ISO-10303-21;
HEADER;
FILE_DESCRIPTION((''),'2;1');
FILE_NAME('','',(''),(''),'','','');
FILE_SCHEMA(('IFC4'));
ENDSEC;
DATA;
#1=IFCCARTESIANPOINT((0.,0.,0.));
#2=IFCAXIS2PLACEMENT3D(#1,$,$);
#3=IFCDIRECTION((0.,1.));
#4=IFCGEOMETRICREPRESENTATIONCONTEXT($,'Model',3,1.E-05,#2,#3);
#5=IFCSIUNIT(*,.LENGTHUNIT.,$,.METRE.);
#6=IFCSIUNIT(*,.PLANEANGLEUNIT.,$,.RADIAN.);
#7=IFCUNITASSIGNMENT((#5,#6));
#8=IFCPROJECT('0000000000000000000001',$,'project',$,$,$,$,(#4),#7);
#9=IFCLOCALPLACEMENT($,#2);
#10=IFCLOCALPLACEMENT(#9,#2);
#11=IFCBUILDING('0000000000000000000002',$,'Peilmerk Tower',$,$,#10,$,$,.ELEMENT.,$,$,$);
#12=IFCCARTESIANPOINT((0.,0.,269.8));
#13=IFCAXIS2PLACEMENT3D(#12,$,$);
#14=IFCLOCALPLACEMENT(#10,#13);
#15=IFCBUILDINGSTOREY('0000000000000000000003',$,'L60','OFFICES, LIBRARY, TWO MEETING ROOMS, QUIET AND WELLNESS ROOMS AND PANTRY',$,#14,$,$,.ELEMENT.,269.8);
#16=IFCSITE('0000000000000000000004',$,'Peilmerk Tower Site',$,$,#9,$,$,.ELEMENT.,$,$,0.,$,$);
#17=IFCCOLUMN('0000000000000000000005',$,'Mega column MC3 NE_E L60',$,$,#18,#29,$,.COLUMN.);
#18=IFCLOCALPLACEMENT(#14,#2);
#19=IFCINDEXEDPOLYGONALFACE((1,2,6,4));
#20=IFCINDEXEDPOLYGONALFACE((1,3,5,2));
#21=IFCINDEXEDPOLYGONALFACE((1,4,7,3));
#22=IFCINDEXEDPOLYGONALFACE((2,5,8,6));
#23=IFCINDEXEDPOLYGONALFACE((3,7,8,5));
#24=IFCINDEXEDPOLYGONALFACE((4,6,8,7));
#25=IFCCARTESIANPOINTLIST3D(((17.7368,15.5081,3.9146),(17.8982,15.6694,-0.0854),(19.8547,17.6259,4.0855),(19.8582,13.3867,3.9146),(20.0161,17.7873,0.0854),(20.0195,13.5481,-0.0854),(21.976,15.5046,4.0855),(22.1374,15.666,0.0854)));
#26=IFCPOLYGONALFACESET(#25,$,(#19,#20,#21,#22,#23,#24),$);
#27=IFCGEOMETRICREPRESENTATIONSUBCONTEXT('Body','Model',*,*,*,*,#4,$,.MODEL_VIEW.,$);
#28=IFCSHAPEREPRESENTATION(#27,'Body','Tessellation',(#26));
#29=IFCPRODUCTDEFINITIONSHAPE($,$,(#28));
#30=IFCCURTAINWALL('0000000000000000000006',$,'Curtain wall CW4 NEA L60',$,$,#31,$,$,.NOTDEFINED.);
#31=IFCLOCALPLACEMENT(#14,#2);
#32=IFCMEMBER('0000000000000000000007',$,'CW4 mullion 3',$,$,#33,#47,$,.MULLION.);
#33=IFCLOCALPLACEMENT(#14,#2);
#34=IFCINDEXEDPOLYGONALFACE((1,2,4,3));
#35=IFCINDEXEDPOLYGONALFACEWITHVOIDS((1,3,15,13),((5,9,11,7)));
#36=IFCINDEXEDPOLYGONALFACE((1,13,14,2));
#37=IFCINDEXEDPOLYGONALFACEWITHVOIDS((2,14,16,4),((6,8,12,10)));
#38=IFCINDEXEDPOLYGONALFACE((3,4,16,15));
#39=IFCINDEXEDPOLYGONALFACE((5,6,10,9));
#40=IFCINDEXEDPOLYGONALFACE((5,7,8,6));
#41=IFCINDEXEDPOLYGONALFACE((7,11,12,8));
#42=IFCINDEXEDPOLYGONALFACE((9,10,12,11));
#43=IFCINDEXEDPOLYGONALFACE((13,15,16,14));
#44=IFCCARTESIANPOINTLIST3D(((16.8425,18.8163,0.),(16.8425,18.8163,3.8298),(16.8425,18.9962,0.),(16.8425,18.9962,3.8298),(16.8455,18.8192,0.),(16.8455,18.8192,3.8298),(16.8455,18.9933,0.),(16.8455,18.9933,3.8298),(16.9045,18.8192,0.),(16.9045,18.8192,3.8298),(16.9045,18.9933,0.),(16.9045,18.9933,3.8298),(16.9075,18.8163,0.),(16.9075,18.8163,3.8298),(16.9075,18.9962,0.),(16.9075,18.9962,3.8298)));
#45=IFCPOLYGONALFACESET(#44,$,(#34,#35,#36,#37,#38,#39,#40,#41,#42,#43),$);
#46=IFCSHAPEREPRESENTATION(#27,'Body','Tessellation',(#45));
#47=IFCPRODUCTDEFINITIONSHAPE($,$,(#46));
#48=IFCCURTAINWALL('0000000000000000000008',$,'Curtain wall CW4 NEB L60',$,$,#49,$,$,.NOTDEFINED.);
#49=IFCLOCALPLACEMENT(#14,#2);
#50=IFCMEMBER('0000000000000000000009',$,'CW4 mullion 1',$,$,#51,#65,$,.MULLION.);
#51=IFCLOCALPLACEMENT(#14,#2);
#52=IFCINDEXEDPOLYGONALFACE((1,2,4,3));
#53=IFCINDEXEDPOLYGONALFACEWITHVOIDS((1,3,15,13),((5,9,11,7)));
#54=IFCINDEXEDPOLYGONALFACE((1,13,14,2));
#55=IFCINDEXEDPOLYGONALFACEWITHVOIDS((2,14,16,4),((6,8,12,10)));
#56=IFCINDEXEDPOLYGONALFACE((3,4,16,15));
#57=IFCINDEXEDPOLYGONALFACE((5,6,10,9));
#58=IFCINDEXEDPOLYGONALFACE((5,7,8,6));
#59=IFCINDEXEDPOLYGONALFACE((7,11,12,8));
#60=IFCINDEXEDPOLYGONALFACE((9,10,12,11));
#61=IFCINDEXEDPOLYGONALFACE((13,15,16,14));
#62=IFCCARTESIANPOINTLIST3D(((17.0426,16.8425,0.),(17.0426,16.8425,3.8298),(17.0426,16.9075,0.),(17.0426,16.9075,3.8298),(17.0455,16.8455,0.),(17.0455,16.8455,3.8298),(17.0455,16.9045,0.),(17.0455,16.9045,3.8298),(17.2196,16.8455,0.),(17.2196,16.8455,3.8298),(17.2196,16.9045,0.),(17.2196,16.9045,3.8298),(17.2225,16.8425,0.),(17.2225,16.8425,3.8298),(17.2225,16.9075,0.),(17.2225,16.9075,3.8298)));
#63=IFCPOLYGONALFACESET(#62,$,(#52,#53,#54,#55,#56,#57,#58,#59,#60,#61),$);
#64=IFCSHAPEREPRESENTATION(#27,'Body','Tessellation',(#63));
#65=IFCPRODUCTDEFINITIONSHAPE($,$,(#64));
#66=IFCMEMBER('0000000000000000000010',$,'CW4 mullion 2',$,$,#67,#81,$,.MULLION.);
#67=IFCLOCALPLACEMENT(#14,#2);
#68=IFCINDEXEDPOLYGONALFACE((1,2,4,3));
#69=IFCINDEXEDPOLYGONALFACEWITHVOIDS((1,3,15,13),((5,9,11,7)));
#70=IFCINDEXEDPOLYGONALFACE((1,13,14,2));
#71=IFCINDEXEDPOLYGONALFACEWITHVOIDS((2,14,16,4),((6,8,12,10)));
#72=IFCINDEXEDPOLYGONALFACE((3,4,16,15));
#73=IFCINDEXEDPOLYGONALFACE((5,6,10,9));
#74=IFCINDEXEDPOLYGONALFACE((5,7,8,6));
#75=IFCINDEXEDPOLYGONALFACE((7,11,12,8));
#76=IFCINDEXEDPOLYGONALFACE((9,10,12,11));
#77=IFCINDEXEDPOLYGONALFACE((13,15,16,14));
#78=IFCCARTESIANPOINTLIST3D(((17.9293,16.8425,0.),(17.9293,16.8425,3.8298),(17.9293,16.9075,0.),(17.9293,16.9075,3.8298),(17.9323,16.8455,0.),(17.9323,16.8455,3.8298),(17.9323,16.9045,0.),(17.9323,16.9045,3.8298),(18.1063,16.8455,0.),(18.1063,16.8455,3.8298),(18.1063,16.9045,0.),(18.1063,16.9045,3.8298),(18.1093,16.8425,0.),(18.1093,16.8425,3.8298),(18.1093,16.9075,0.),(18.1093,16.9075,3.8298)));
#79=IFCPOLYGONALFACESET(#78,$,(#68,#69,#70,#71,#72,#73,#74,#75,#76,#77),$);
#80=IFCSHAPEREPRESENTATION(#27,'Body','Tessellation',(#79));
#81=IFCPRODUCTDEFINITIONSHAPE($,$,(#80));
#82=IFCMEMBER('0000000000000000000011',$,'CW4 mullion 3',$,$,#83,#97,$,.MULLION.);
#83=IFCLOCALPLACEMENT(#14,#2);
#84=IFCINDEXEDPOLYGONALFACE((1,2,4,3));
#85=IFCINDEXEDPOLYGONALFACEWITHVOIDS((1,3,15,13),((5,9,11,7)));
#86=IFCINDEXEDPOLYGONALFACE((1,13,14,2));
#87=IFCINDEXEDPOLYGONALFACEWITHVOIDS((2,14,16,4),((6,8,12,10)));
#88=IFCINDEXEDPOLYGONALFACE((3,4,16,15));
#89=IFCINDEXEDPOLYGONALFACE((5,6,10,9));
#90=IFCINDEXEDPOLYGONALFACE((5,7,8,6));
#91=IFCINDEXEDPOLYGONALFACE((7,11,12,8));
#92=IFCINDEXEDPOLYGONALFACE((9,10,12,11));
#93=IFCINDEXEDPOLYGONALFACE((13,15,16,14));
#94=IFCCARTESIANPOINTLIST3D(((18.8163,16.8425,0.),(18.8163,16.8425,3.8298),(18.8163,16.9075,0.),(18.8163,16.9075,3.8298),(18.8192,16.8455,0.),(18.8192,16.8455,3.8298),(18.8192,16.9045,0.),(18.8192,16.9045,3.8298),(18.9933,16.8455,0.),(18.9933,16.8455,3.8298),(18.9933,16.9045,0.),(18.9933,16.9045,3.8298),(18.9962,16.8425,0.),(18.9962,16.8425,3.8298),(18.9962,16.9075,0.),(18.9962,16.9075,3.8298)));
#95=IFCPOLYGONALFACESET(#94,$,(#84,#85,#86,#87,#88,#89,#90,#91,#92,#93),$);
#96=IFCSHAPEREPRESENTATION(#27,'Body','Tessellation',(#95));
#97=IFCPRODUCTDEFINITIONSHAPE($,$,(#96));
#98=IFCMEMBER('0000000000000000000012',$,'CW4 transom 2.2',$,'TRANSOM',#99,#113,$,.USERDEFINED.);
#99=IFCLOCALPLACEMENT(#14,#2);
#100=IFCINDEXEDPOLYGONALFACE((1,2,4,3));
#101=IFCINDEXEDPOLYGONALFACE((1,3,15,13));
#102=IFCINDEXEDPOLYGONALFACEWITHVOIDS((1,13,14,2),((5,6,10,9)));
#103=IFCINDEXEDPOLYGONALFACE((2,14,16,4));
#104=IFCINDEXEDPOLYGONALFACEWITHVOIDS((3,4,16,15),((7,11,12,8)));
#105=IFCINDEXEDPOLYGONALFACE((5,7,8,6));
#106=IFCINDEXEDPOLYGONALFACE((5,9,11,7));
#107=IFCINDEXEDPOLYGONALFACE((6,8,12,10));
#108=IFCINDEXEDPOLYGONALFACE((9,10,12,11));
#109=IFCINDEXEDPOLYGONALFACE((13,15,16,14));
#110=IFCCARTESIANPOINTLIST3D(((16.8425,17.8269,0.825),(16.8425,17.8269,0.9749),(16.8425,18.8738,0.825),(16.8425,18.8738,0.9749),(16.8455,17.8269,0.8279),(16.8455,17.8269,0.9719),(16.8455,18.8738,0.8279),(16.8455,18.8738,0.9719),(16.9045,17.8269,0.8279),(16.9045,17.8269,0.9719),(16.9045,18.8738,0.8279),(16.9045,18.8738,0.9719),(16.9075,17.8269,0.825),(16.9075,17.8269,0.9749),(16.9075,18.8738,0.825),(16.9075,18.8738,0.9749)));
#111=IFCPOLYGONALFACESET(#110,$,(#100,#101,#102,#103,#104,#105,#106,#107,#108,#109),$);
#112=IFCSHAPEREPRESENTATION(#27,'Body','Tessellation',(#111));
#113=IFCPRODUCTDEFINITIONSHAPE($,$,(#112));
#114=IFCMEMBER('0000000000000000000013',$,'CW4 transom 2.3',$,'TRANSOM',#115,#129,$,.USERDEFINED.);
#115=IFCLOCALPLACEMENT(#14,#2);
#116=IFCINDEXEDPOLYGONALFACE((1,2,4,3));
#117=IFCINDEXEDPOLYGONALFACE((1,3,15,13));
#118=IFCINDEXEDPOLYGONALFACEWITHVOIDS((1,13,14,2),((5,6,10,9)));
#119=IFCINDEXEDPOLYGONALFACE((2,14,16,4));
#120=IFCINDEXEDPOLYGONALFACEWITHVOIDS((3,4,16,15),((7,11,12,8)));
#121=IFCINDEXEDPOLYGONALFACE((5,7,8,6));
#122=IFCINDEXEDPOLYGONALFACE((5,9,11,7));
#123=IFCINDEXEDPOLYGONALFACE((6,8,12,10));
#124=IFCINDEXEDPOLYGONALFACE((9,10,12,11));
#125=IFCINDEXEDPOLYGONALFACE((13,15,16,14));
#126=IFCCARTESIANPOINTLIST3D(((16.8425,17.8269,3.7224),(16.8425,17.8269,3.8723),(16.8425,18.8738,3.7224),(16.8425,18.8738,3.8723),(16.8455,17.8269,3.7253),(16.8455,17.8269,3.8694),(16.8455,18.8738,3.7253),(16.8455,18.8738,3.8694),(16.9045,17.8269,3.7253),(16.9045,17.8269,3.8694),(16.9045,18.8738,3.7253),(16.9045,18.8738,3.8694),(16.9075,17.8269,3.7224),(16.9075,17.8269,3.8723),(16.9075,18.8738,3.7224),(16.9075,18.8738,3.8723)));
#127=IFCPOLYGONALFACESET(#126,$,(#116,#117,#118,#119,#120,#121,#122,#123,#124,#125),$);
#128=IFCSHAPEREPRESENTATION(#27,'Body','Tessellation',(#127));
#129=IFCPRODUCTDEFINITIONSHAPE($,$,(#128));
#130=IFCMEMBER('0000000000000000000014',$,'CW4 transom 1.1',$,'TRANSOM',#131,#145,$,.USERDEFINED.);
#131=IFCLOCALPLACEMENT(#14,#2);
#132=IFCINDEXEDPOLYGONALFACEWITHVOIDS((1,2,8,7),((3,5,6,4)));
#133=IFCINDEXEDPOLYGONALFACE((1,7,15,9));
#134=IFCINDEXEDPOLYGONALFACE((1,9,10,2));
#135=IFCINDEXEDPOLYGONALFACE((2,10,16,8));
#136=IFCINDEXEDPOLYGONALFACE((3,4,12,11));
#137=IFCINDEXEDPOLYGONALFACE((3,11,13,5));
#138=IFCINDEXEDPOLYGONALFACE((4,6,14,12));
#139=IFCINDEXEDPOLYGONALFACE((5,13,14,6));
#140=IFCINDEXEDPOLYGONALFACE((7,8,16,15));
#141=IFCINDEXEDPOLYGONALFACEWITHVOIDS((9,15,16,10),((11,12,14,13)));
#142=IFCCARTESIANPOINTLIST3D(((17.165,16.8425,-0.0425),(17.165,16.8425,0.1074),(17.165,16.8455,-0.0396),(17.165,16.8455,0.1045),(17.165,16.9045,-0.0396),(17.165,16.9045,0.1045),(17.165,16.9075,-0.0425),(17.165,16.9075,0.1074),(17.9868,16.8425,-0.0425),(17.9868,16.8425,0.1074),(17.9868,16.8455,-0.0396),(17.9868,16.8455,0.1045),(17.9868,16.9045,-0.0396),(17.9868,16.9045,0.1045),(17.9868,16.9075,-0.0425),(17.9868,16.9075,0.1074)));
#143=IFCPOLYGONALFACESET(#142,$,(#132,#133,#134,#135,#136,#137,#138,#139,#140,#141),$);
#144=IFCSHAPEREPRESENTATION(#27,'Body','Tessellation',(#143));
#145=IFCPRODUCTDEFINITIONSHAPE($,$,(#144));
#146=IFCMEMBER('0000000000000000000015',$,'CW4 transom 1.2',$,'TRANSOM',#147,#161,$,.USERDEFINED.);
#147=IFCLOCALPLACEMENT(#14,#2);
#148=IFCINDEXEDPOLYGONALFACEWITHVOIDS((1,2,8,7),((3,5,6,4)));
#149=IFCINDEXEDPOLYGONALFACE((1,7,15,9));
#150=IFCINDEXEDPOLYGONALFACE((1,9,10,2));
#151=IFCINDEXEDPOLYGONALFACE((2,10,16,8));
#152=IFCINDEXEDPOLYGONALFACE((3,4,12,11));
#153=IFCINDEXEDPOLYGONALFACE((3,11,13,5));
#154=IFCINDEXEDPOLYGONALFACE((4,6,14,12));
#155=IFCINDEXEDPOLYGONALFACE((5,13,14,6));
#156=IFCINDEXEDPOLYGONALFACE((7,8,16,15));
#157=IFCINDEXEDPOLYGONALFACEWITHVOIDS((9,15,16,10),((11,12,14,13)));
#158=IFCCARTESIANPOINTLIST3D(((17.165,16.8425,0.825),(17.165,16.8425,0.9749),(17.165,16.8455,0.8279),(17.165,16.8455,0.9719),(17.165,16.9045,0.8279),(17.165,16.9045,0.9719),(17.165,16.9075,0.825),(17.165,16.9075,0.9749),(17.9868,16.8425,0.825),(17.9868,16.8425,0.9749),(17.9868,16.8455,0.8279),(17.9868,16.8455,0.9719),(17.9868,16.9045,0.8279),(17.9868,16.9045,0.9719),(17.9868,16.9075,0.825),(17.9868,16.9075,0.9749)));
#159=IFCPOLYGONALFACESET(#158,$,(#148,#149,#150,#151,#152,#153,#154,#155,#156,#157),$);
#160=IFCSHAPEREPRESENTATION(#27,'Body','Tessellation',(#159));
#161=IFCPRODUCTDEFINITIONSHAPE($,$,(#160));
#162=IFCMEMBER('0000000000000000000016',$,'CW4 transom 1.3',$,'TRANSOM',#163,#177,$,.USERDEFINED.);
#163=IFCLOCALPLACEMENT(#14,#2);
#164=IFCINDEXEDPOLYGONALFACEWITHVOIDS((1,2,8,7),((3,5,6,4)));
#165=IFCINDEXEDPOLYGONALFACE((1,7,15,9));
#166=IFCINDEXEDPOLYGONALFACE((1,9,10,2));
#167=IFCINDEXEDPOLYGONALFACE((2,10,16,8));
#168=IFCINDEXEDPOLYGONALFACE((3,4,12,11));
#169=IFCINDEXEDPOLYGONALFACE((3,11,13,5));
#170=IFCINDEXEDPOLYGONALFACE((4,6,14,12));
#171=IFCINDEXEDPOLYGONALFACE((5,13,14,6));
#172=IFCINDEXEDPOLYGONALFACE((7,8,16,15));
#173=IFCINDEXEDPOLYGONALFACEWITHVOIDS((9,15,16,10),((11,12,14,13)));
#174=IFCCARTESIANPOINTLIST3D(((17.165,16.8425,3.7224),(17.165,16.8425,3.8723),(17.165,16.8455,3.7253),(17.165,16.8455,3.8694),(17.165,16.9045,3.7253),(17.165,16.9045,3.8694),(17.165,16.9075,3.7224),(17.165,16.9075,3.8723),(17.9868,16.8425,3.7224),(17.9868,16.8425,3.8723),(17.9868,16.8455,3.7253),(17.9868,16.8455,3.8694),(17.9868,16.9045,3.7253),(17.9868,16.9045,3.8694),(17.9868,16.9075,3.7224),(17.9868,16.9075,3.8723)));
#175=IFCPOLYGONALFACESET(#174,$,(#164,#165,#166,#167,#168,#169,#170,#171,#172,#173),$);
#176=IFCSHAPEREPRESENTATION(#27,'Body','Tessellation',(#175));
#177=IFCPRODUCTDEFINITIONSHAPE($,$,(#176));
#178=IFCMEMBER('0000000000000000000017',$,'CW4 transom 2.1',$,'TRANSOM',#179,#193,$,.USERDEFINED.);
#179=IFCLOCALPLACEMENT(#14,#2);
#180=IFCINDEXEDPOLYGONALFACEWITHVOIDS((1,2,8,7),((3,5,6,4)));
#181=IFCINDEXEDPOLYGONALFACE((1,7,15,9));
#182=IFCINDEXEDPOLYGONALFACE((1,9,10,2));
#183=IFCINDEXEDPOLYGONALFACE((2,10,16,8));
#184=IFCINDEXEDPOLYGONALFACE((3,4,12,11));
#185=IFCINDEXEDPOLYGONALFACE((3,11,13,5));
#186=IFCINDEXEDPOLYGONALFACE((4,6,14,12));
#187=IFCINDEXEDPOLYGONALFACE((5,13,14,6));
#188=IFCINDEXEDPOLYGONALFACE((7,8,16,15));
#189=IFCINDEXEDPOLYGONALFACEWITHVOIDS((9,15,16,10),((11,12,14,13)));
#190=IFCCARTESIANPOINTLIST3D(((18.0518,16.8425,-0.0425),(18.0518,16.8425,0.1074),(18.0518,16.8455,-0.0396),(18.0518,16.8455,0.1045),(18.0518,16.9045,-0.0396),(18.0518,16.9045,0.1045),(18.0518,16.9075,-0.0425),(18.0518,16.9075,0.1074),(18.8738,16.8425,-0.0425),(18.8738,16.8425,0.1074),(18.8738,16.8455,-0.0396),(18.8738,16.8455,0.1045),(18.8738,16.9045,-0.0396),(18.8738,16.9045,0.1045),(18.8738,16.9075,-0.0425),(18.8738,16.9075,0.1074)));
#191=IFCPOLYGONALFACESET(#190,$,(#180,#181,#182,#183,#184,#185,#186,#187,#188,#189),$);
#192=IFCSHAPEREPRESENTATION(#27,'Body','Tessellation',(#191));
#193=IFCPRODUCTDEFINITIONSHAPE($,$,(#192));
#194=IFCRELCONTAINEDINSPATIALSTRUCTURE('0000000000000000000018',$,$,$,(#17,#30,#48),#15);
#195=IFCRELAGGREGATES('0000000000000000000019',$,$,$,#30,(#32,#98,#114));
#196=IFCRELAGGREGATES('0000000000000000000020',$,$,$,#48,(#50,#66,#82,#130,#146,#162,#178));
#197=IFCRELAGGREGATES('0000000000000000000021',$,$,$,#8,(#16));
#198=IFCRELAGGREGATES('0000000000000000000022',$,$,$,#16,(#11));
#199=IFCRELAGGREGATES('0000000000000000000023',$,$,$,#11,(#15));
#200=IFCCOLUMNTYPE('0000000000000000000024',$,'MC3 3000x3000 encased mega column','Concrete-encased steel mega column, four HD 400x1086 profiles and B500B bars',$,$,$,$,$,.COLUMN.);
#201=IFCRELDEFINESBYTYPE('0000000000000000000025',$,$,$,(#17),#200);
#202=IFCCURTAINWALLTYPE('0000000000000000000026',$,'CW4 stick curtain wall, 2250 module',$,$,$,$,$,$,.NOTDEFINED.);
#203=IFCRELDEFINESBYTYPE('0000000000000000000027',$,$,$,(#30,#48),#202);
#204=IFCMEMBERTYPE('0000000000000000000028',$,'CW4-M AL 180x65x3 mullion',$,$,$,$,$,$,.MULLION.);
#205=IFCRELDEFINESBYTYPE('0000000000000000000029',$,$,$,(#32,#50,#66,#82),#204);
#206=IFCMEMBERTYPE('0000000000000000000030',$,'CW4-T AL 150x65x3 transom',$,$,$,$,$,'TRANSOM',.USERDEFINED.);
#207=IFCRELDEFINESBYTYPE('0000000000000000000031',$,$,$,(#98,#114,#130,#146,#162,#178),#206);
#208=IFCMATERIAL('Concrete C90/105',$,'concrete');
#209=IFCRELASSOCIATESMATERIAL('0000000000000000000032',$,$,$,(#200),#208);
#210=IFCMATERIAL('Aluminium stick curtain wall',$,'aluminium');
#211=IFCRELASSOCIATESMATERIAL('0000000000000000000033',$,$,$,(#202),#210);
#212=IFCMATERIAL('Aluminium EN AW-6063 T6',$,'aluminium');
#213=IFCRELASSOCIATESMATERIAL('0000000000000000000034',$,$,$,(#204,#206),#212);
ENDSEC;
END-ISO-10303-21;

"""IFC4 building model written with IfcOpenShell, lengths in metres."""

from ifc_helpers import new_model, si_unit, direction, frame, origin, origin_2d, place, context, subcontext, project, spatial, rectangle, hollow_rectangle, extrude, material, material_profile, profile_set, type_object, element, aggregate, save


model = new_model("IFC4")

# Units and contexts
model_context = context("Model", 3, precision=1e-05, world=origin(), true_north=direction((0.0, 1.0)))
body_context = subcontext(model_context, "Body", "Model", "MODEL_VIEW")
ifc_project = project(units=[si_unit("LENGTHUNIT", "METRE"), si_unit("PLANEANGLEUNIT", "RADIAN")], contexts=[model_context])

# Site, building, storey
site_placement = place(None, origin())
site = spatial("IfcSite", under=ifc_project, at=site_placement, Name="Peilmerk Tower Site", CompositionType="ELEMENT", RefElevation=0.0)
building_placement = place(site_placement, origin())
building = spatial("IfcBuilding", under=site, at=building_placement, Name="Peilmerk Tower", CompositionType="ELEMENT")
storey_placement = place(building_placement, frame((0.0, 0.0, 269.8)))
storey = spatial("IfcBuildingStorey", under=building, at=storey_placement, Name="L60", Description="OFFICES, LIBRARY, TWO MEETING ROOMS, QUIET AND WELLNESS ROOMS AND PANTRY", CompositionType="ELEMENT", Elevation=269.8)

# Column
ifc_material_1 = material(Name="Concrete C90/105", Category="concrete")
ifc_material_profile_1 = material_profile(ifc_material_1, rectangle(XDim=3.0, YDim=3.0, at=origin_2d()), Name="RC 3000x3000")
ifc_profile_set_1 = profile_set([ifc_material_profile_1], Name="Concrete C90/105")
column_type = type_object("IfcColumnType", Name="MC3 3000x3000 encased mega column", Description="Concrete-encased steel mega column, four HD 400x1086 profiles and B500B bars", PredefinedType="COLUMN", material=ifc_profile_set_1)
column_placement = place(storey_placement, frame((20.0178, 15.6677, 0.0), z_axis=(-0.040279, -0.040279, 0.998376), x_axis=(0.707107, -0.707107, 0.0)))
element("IfcColumn", 1, at=column_placement, inside=storey, type_object=column_type, Name="Mega column MC3 NE_E L60", PredefinedType="COLUMN", context=body_context, shape_type="SweptSolid", body=[
    extrude(rectangle(XDim=3.0, YDim=3.0, at=origin_2d()), origin(), (0.0, 0.0, 1.0), 4.0066),
])

# Curtain wall, member
ifc_material_2 = material(Name="Aluminium stick curtain wall", Category="aluminium")
curtain_wall_type = type_object("IfcCurtainWallType", Name="CW4 stick curtain wall, 2250 module", PredefinedType="NOTDEFINED", material=ifc_material_2)
curtain_wall_1_placement = place(storey_placement, origin())
curtain_wall_1 = element("IfcCurtainWall", 2, at=curtain_wall_1_placement, inside=storey, type_object=curtain_wall_type, Name="Curtain wall CW4 NEA L60", PredefinedType="NOTDEFINED")
ifc_material_3 = material(Name="Aluminium EN AW-6063 T6", Category="aluminium")
ifc_material_profile_2 = material_profile(ifc_material_3, hollow_rectangle(XDim=0.0649, YDim=0.1799, WallThickness=0.0029, at=origin_2d()), Name="AL 180x65x3")
ifc_profile_set_2 = profile_set([ifc_material_profile_2], Name="Aluminium EN AW-6063 T6")
member_type_1 = type_object("IfcMemberType", Name="CW4-M AL 180x65x3 mullion", PredefinedType="MULLION", material=ifc_profile_set_2)
member_1_placement = place(storey_placement, frame((16.875, 18.9062, 0.0), z_axis=(0.0, 0.0, 1.0), x_axis=(-1.0, 0.0, 0.0)))
member_1 = element("IfcMember", 3, at=member_1_placement, type_object=member_type_1, Name="CW4 mullion 3", PredefinedType="MULLION", context=body_context, shape_type="SweptSolid", body=[
    extrude(hollow_rectangle(XDim=0.0649, YDim=0.1799, WallThickness=0.0029, at=origin_2d()), origin(), (0.0, 0.0, 1.0), 3.8298),
])

# Curtain wall, members
curtain_wall_2_placement = place(storey_placement, origin())
curtain_wall_2 = element("IfcCurtainWall", 4, at=curtain_wall_2_placement, inside=storey, type_object=curtain_wall_type, Name="Curtain wall CW4 NEB L60", PredefinedType="NOTDEFINED")
member_2_placement = place(storey_placement, frame((17.1326, 16.875, 0.0), z_axis=(0.0, 0.0, 1.0), x_axis=(0.0, 1.0, 0.0)))
member_2 = element("IfcMember", 5, at=member_2_placement, type_object=member_type_1, Name="CW4 mullion 1", PredefinedType="MULLION", context=body_context, shape_type="SweptSolid", body=[
    extrude(hollow_rectangle(XDim=0.0649, YDim=0.1799, WallThickness=0.0029, at=origin_2d()), origin(), (0.0, 0.0, 1.0), 3.8298),
])
member_3_placement = place(storey_placement, frame((18.0193, 16.875, 0.0), z_axis=(0.0, 0.0, 1.0), x_axis=(0.0, 1.0, 0.0)))
member_3 = element("IfcMember", 6, at=member_3_placement, type_object=member_type_1, Name="CW4 mullion 2", PredefinedType="MULLION", context=body_context, shape_type="SweptSolid", body=[
    extrude(hollow_rectangle(XDim=0.0649, YDim=0.1799, WallThickness=0.0029, at=origin_2d()), origin(), (0.0, 0.0, 1.0), 3.8298),
])
member_4_placement = place(storey_placement, frame((18.9062, 16.875, 0.0), z_axis=(0.0, 0.0, 1.0), x_axis=(0.0, 1.0, 0.0)))
member_4 = element("IfcMember", 7, at=member_4_placement, type_object=member_type_1, Name="CW4 mullion 3", PredefinedType="MULLION", context=body_context, shape_type="SweptSolid", body=[
    extrude(hollow_rectangle(XDim=0.0649, YDim=0.1799, WallThickness=0.0029, at=origin_2d()), origin(), (0.0, 0.0, 1.0), 3.8298),
])

# Members
ifc_material_profile_3 = material_profile(ifc_material_3, hollow_rectangle(XDim=0.0649, YDim=0.1499, WallThickness=0.0029, at=origin_2d()), Name="AL 150x65x3")
ifc_profile_set_3 = profile_set([ifc_material_profile_3], Name="Aluminium EN AW-6063 T6")
member_type_2 = type_object("IfcMemberType", Name="CW4-T AL 150x65x3 transom", ElementType="TRANSOM", PredefinedType="USERDEFINED", material=ifc_profile_set_3)
member_5_placement = place(storey_placement, frame((16.875, 17.8269, 0.8999), z_axis=(0.0, 1.0, 0.0), x_axis=(-1.0, 0.0, 0.0)))
member_5 = element("IfcMember", 8, at=member_5_placement, type_object=member_type_2, Name="CW4 transom 2.2", ObjectType="TRANSOM", PredefinedType="USERDEFINED", context=body_context, shape_type="SweptSolid", body=[
    extrude(hollow_rectangle(XDim=0.0649, YDim=0.1499, WallThickness=0.0029, at=origin_2d()), origin(), (0.0, 0.0, 1.0), 1.0469),
])
member_6_placement = place(storey_placement, frame((16.875, 17.8269, 3.7974), z_axis=(0.0, 1.0, 0.0), x_axis=(-1.0, 0.0, 0.0)))
member_6 = element("IfcMember", 9, at=member_6_placement, type_object=member_type_2, Name="CW4 transom 2.3", ObjectType="TRANSOM", PredefinedType="USERDEFINED", context=body_context, shape_type="SweptSolid", body=[
    extrude(hollow_rectangle(XDim=0.0649, YDim=0.1499, WallThickness=0.0029, at=origin_2d()), origin(), (0.0, 0.0, 1.0), 1.0469),
])
member_7_placement = place(storey_placement, frame((17.165, 16.875, 0.0325), z_axis=(1.0, 0.0, 0.0), x_axis=(0.0, 1.0, 0.0)))
member_7 = element("IfcMember", 10, at=member_7_placement, type_object=member_type_2, Name="CW4 transom 1.1", ObjectType="TRANSOM", PredefinedType="USERDEFINED", context=body_context, shape_type="SweptSolid", body=[
    extrude(hollow_rectangle(XDim=0.0649, YDim=0.1499, WallThickness=0.0029, at=origin_2d()), origin(), (0.0, 0.0, 1.0), 0.8218),
])
member_8_placement = place(storey_placement, frame((17.165, 16.875, 0.8999), z_axis=(1.0, 0.0, 0.0), x_axis=(0.0, 1.0, 0.0)))
member_8 = element("IfcMember", 11, at=member_8_placement, type_object=member_type_2, Name="CW4 transom 1.2", ObjectType="TRANSOM", PredefinedType="USERDEFINED", context=body_context, shape_type="SweptSolid", body=[
    extrude(hollow_rectangle(XDim=0.0649, YDim=0.1499, WallThickness=0.0029, at=origin_2d()), origin(), (0.0, 0.0, 1.0), 0.8218),
])
member_9_placement = place(storey_placement, frame((17.165, 16.875, 3.7974), z_axis=(1.0, 0.0, 0.0), x_axis=(0.0, 1.0, 0.0)))
member_9 = element("IfcMember", 12, at=member_9_placement, type_object=member_type_2, Name="CW4 transom 1.3", ObjectType="TRANSOM", PredefinedType="USERDEFINED", context=body_context, shape_type="SweptSolid", body=[
    extrude(hollow_rectangle(XDim=0.0649, YDim=0.1499, WallThickness=0.0029, at=origin_2d()), origin(), (0.0, 0.0, 1.0), 0.8218),
])
member_10_placement = place(storey_placement, frame((18.0518, 16.875, 0.0325), z_axis=(1.0, 0.0, 0.0), x_axis=(0.0, 1.0, 0.0)))
member_10 = element("IfcMember", 13, at=member_10_placement, type_object=member_type_2, Name="CW4 transom 2.1", ObjectType="TRANSOM", PredefinedType="USERDEFINED", context=body_context, shape_type="SweptSolid", body=[
    extrude(hollow_rectangle(XDim=0.0649, YDim=0.1499, WallThickness=0.0029, at=origin_2d()), origin(), (0.0, 0.0, 1.0), 0.822),
])

aggregate(curtain_wall_1, [member_1, member_5, member_6])
aggregate(curtain_wall_2, [member_2, member_3, member_4, member_7, member_8, member_9, member_10])

save(model, "model.ifc")
